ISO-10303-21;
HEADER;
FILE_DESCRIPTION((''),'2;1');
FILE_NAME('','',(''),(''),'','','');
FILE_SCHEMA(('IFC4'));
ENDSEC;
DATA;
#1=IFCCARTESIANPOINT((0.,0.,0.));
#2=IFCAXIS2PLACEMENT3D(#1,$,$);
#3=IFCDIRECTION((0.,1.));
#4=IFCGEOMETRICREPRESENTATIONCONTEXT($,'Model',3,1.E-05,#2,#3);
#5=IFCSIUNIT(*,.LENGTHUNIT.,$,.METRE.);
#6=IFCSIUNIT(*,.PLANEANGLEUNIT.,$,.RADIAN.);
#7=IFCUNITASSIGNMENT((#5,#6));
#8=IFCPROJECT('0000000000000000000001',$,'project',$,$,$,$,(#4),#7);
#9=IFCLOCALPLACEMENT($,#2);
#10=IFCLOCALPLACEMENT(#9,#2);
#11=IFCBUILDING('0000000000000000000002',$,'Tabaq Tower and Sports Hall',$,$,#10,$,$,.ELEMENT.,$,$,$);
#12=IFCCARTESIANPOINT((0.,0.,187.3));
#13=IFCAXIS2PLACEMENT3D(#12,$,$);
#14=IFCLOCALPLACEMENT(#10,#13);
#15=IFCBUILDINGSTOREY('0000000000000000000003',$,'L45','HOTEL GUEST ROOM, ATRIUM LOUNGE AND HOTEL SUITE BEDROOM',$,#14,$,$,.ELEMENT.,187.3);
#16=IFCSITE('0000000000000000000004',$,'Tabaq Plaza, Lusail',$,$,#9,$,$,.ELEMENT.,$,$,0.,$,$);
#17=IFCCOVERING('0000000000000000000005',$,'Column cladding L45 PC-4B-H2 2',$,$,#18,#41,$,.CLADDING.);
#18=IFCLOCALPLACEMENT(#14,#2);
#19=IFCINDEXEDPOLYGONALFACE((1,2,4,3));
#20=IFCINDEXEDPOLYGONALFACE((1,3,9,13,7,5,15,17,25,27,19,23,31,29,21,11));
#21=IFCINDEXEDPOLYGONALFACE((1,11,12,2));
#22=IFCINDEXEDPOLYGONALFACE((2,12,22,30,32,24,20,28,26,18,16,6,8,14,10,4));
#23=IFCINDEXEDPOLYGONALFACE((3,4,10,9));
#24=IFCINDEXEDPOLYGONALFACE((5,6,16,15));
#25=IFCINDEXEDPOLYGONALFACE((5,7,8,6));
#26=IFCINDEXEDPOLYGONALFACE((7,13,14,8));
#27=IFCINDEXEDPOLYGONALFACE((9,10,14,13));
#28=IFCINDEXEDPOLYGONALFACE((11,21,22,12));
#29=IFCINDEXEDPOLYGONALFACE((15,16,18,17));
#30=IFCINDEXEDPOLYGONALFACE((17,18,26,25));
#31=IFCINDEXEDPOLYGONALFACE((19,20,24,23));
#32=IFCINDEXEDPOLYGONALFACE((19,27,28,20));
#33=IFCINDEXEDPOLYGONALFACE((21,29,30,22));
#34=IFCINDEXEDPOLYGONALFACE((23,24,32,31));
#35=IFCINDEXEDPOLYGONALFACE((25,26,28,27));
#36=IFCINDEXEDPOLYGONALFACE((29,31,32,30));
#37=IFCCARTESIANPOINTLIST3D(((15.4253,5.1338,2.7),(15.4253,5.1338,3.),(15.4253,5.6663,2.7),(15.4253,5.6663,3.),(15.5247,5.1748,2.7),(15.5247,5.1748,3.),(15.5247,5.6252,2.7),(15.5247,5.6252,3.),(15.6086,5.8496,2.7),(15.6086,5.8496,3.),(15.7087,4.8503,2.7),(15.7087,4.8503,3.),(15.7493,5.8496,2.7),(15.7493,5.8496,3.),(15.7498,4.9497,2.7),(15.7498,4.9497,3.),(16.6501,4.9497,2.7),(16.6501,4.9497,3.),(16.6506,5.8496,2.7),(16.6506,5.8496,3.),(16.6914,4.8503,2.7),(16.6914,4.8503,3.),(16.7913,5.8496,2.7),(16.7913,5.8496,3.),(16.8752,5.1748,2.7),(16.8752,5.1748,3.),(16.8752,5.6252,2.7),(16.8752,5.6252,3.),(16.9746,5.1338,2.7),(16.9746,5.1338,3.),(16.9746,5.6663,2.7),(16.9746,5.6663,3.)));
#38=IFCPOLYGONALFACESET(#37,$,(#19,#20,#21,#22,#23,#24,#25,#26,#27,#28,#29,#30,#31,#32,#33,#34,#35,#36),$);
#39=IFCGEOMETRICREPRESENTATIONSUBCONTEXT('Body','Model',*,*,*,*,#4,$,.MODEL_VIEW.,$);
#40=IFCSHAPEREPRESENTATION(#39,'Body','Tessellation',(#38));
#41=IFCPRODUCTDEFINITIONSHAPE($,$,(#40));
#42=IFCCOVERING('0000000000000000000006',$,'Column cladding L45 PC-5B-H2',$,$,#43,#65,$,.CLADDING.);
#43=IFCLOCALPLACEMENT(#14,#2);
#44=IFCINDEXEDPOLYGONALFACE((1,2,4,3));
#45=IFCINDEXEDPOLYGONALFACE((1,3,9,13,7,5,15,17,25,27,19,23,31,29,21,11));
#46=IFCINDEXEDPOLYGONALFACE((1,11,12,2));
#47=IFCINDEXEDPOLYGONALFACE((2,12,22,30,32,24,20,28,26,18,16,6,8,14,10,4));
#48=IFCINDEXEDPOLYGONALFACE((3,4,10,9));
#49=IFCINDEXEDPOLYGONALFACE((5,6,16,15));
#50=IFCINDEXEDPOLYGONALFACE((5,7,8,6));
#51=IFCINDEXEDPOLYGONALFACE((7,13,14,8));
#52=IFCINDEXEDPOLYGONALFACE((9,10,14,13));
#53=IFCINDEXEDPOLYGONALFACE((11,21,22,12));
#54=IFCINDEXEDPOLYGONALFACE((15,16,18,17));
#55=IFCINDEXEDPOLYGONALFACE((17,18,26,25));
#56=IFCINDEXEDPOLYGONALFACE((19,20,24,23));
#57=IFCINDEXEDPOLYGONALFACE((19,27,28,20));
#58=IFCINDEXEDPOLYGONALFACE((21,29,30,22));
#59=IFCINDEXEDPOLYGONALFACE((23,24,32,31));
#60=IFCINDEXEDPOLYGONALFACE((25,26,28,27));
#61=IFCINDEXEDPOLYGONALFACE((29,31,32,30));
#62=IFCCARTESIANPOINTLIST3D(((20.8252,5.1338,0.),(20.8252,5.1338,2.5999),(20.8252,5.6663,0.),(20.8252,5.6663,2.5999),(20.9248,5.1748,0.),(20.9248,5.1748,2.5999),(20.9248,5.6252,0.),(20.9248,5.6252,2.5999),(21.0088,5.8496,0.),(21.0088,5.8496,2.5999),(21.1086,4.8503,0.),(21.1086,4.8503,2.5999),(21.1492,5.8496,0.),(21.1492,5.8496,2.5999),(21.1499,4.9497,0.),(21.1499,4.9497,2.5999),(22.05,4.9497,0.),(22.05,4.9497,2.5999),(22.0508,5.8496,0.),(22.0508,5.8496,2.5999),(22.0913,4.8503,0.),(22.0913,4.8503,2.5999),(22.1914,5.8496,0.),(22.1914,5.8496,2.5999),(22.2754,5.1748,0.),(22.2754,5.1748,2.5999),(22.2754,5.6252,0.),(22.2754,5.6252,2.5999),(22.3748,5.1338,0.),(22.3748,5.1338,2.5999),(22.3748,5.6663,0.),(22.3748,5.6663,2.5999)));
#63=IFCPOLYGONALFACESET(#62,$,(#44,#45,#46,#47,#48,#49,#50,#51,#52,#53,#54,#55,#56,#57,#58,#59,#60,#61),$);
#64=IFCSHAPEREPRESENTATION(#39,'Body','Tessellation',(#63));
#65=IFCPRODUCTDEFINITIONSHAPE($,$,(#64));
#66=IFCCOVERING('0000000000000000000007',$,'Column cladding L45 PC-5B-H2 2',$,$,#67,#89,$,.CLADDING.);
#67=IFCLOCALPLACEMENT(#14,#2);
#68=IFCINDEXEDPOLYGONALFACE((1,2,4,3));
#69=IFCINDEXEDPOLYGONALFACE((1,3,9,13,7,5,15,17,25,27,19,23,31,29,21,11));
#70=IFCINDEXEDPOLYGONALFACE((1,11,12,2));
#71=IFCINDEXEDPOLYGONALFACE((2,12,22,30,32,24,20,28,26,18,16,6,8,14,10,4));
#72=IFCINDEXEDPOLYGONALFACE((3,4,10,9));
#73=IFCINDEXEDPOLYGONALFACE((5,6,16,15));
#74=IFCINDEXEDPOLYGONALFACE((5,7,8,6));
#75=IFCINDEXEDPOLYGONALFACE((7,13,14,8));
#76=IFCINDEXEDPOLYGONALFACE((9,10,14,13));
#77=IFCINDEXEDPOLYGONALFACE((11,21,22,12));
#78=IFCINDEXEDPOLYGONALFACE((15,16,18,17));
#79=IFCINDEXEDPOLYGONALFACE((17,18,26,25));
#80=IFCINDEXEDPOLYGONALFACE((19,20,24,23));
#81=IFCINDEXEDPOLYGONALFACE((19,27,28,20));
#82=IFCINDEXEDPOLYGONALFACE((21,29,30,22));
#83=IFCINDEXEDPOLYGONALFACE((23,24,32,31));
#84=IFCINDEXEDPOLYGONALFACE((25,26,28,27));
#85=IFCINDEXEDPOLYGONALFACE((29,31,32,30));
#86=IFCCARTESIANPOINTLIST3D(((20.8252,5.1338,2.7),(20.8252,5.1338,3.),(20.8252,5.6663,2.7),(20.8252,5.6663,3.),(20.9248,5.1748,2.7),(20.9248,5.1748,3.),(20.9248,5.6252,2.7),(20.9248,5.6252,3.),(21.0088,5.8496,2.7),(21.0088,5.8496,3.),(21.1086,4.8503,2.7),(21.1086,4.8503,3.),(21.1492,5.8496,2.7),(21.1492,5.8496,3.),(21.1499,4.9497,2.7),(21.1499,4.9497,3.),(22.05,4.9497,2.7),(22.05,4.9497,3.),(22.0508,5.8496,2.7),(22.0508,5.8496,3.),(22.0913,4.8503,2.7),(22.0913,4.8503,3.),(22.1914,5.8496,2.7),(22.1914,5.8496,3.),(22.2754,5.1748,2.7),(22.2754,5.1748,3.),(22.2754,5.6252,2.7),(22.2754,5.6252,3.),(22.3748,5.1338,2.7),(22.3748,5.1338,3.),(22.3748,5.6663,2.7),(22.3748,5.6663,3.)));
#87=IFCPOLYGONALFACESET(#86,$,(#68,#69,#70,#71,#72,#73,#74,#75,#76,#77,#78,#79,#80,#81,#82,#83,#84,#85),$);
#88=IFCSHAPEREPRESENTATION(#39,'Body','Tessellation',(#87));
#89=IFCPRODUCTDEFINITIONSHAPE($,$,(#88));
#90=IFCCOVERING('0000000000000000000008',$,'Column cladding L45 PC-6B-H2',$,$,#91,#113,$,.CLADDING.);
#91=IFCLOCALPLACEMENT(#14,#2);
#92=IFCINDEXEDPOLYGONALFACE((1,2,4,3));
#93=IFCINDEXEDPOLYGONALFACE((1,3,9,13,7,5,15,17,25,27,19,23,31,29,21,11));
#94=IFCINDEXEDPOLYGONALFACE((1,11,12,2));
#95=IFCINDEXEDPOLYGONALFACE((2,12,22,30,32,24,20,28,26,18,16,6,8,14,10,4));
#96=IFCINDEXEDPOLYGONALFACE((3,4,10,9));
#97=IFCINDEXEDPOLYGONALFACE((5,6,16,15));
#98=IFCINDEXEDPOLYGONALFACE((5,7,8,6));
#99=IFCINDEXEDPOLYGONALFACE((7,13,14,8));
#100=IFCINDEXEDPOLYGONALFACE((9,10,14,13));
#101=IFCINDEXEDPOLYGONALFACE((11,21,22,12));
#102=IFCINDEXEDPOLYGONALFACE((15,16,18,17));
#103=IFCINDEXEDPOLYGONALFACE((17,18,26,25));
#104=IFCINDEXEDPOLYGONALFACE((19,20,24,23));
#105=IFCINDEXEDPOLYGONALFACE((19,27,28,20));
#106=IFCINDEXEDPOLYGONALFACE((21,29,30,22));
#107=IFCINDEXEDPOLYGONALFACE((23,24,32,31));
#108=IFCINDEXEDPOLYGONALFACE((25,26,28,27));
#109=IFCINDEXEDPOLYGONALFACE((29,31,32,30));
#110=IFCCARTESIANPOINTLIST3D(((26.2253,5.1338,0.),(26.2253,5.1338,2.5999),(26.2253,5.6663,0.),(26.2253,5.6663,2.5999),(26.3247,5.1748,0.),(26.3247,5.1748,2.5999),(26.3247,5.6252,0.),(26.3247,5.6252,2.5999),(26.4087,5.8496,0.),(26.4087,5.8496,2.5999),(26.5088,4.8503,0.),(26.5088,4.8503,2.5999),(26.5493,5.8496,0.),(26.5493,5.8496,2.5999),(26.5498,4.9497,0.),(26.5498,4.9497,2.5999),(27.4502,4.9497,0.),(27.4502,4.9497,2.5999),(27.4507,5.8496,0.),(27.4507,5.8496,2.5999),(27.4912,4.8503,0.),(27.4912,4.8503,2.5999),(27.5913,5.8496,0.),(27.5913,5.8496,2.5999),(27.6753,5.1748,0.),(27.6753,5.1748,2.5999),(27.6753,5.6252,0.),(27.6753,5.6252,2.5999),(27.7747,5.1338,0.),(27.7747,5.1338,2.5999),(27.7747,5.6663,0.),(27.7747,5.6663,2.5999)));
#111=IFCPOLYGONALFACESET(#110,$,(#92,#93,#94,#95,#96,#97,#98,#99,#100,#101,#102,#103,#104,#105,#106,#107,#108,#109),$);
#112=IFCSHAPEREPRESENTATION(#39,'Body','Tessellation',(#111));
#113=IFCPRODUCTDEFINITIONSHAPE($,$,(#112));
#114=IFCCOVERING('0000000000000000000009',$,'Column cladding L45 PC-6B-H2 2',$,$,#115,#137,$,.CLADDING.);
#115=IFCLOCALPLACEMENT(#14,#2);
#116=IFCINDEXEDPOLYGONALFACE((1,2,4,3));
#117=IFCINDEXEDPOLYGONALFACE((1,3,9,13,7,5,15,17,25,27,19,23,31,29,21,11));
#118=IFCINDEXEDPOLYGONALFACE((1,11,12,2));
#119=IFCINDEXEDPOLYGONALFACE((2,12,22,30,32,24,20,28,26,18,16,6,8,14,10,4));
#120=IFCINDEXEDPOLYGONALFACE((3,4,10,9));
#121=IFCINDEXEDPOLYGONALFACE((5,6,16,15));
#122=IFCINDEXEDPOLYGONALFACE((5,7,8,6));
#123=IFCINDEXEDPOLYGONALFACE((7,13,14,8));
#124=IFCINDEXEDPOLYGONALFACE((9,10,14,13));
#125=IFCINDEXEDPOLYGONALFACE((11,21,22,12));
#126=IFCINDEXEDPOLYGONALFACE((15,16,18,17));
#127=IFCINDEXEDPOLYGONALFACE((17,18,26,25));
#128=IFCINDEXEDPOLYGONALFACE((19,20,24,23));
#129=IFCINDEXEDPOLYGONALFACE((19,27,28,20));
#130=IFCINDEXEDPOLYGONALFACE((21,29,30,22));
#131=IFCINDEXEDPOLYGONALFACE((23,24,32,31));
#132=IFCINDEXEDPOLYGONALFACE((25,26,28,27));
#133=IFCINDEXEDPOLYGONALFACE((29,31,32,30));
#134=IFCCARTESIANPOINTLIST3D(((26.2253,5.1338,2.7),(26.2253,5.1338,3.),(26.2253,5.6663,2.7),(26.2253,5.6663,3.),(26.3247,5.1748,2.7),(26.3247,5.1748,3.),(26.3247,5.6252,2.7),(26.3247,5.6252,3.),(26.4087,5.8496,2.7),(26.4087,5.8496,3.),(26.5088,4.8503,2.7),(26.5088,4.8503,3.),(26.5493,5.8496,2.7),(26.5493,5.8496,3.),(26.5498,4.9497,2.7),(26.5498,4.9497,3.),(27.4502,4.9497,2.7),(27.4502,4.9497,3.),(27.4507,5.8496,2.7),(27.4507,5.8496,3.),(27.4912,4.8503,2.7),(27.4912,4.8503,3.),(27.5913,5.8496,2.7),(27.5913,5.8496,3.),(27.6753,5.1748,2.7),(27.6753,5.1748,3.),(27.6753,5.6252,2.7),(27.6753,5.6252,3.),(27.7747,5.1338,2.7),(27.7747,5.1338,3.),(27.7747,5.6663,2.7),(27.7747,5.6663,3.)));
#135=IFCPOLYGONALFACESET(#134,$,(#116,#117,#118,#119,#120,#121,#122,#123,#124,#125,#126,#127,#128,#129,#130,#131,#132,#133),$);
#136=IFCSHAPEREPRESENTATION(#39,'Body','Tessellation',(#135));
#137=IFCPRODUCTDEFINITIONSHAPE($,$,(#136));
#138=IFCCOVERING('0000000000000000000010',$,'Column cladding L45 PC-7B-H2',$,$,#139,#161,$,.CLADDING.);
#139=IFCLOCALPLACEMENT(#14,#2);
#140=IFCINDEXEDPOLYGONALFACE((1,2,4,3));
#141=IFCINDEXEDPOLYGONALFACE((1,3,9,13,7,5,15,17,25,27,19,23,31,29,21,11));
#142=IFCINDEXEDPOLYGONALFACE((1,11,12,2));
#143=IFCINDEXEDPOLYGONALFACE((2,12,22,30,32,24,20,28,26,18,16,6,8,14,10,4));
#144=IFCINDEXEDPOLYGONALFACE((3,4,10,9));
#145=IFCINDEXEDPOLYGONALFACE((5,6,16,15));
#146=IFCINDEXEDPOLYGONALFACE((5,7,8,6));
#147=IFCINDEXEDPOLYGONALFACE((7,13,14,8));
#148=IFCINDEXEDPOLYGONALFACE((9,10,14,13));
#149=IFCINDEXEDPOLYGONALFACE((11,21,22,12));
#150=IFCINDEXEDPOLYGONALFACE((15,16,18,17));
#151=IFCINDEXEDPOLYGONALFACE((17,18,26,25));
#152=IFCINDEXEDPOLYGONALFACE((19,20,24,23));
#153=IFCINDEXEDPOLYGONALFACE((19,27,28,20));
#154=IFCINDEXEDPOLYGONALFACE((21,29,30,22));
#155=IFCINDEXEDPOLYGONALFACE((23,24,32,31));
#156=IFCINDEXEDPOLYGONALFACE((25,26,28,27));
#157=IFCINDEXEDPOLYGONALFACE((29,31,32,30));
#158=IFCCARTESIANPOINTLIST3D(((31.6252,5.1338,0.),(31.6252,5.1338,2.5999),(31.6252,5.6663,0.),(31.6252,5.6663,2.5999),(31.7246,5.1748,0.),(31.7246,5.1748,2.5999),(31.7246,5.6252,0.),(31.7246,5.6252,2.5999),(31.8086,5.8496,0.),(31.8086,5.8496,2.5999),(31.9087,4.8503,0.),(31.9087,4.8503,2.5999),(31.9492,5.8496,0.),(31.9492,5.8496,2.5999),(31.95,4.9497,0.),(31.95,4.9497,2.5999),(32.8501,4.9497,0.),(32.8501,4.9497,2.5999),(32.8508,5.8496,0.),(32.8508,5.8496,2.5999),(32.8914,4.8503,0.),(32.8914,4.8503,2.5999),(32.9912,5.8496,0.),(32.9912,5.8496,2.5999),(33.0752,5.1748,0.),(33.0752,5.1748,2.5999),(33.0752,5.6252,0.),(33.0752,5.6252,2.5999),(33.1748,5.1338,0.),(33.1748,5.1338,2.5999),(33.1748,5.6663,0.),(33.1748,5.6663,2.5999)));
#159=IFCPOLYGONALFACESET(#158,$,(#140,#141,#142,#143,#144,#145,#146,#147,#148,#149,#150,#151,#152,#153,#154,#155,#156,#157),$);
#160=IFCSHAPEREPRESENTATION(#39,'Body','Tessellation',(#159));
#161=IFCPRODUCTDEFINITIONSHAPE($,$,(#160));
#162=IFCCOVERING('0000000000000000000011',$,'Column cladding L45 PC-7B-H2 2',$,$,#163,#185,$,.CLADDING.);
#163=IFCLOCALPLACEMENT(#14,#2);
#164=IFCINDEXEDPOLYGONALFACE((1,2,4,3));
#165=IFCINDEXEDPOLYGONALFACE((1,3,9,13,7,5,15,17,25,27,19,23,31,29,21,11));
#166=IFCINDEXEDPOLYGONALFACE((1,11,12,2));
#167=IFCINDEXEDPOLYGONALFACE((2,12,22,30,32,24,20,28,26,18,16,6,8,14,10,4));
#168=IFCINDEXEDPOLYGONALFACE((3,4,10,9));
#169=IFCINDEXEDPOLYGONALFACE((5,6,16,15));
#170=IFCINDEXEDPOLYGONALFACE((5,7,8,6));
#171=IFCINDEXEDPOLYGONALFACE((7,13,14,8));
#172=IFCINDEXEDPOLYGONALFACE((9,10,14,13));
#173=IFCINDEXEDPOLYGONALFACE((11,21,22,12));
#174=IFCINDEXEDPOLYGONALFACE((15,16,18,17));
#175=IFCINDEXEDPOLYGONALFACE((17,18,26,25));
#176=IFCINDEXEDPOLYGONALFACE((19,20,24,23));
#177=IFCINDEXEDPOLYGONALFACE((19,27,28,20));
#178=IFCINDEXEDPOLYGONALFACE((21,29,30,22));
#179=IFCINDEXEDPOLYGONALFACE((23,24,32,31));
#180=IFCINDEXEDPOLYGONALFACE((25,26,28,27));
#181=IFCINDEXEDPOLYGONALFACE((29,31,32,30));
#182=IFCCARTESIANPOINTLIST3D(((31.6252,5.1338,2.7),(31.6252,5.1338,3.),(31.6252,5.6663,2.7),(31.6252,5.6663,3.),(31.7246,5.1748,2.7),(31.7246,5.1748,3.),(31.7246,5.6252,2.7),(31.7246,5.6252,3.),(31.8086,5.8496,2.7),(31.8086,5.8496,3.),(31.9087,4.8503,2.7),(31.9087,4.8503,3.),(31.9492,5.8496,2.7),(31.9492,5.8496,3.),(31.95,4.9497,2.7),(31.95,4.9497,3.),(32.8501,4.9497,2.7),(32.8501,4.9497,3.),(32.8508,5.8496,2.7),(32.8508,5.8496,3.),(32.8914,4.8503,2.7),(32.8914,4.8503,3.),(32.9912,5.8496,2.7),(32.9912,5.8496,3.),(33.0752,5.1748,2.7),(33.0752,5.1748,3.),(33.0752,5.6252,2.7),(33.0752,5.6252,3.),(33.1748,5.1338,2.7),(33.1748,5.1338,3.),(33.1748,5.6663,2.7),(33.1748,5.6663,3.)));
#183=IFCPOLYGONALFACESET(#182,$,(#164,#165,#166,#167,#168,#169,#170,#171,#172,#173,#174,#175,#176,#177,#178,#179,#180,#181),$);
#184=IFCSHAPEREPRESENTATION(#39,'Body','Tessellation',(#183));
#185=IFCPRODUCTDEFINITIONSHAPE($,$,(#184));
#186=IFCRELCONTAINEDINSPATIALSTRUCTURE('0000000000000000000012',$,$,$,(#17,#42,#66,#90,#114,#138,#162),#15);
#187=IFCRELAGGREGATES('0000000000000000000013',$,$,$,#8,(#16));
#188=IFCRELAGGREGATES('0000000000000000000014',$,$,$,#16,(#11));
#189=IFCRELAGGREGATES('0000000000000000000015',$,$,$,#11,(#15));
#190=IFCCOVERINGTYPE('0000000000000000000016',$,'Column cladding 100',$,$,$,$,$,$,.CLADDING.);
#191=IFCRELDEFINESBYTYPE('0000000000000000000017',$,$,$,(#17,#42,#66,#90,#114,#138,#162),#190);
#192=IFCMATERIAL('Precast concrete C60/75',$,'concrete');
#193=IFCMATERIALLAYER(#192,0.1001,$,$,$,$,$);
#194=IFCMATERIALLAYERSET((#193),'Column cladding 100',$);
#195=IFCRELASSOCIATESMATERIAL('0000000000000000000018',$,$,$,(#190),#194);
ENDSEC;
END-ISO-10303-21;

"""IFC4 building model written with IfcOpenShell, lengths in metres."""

from ifc_helpers import new_model, si_unit, direction, frame, origin, place, context, subcontext, project, spatial, polyline, outline, extrude, material, layer, layer_set, type_object, element, save


model = new_model("IFC4")

# Units and contexts
model_context = context("Model", 3, precision=1e-05, world=origin(), true_north=direction((0.0, 1.0)))
body_context = subcontext(model_context, "Body", "Model", "MODEL_VIEW")
ifc_project = project(units=[si_unit("LENGTHUNIT", "METRE"), si_unit("PLANEANGLEUNIT", "RADIAN")], contexts=[model_context])

# Site, building, storey
site_placement = place(None, origin())
site = spatial("IfcSite", under=ifc_project, at=site_placement, Name="Tabaq Plaza, Lusail", CompositionType="ELEMENT", RefElevation=0.0)
building_placement = place(site_placement, origin())
building = spatial("IfcBuilding", under=site, at=building_placement, Name="Tabaq Tower and Sports Hall", CompositionType="ELEMENT")
storey_placement = place(building_placement, frame((0.0, 0.0, 187.3)))
storey = spatial("IfcBuildingStorey", under=building, at=storey_placement, Name="L45", Description="HOTEL GUEST ROOM, ATRIUM LOUNGE AND HOTEL SUITE BEDROOM", CompositionType="ELEMENT", Elevation=187.3)

# Coverings
ifc_material_1 = material(Name="Precast concrete C60/75", Category="concrete")
ifc_layer_1 = layer(ifc_material_1, 0.1001)
ifc_layer_set_1 = layer_set([ifc_layer_1], Name="Column cladding 100")
covering_type = type_object("IfcCoveringType", Name="Column cladding 100", PredefinedType="CLADDING", material=ifc_layer_set_1)
covering_1_placement = place(storey_placement, frame((0.0, 0.0, 2.7)))
element("IfcCovering", 1, at=covering_1_placement, inside=storey, type_object=covering_type, Name="Column cladding L45 PC-4B-H2 2", PredefinedType="CLADDING", context=body_context, shape_type="SweptSolid", body=[
    extrude(outline(polyline([(15.4253, 5.6663), (15.6086, 5.8496), (15.7493, 5.8496), (15.5247, 5.6252), (15.5247, 5.1748), (15.7498, 4.9497), (16.6501, 4.9497), (16.8752, 5.1748), (16.8752, 5.6252), (16.6506, 5.8496), (16.7913, 5.8496), (16.9746, 5.6663), (16.9746, 5.1338), (16.6914, 4.8503), (15.7087, 4.8503), (15.4253, 5.1338), (15.4253, 5.6663)])), origin(), (0.0, 0.0, 1.0), 0.3),
])
covering_2_placement = place(storey_placement, origin())
element("IfcCovering", 2, at=covering_2_placement, inside=storey, type_object=covering_type, Name="Column cladding L45 PC-5B-H2", PredefinedType="CLADDING", context=body_context, shape_type="SweptSolid", body=[
    extrude(outline(polyline([(20.8252, 5.6663), (21.0088, 5.8496), (21.1492, 5.8496), (20.9248, 5.6252), (20.9248, 5.1748), (21.1499, 4.9497), (22.05, 4.9497), (22.2754, 5.1748), (22.2754, 5.6252), (22.0508, 5.8496), (22.1914, 5.8496), (22.3748, 5.6663), (22.3748, 5.1338), (22.0913, 4.8503), (21.1086, 4.8503), (20.8252, 5.1338), (20.8252, 5.6663)])), origin(), (0.0, 0.0, 1.0), 2.5999),
])
covering_3_placement = place(storey_placement, frame((0.0, 0.0, 2.7)))
element("IfcCovering", 3, at=covering_3_placement, inside=storey, type_object=covering_type, Name="Column cladding L45 PC-5B-H2 2", PredefinedType="CLADDING", context=body_context, shape_type="SweptSolid", body=[
    extrude(outline(polyline([(20.8252, 5.6663), (21.0088, 5.8496), (21.1492, 5.8496), (20.9248, 5.6252), (20.9248, 5.1748), (21.1499, 4.9497), (22.05, 4.9497), (22.2754, 5.1748), (22.2754, 5.6252), (22.0508, 5.8496), (22.1914, 5.8496), (22.3748, 5.6663), (22.3748, 5.1338), (22.0913, 4.8503), (21.1086, 4.8503), (20.8252, 5.1338), (20.8252, 5.6663)])), origin(), (0.0, 0.0, 1.0), 0.3),
])
covering_4_placement = place(storey_placement, origin())
element("IfcCovering", 4, at=covering_4_placement, inside=storey, type_object=covering_type, Name="Column cladding L45 PC-6B-H2", PredefinedType="CLADDING", context=body_context, shape_type="SweptSolid", body=[
    extrude(outline(polyline([(26.2253, 5.6663), (26.4087, 5.8496), (26.5493, 5.8496), (26.3247, 5.6252), (26.3247, 5.1748), (26.5498, 4.9497), (27.4502, 4.9497), (27.6753, 5.1748), (27.6753, 5.6252), (27.4507, 5.8496), (27.5913, 5.8496), (27.7747, 5.6663), (27.7747, 5.1338), (27.4912, 4.8503), (26.5088, 4.8503), (26.2253, 5.1338), (26.2253, 5.6663)])), origin(), (0.0, 0.0, 1.0), 2.5999),
])
covering_5_placement = place(storey_placement, frame((0.0, 0.0, 2.7)))
element("IfcCovering", 5, at=covering_5_placement, inside=storey, type_object=covering_type, Name="Column cladding L45 PC-6B-H2 2", PredefinedType="CLADDING", context=body_context, shape_type="SweptSolid", body=[
    extrude(outline(polyline([(26.2253, 5.6663), (26.4087, 5.8496), (26.5493, 5.8496), (26.3247, 5.6252), (26.3247, 5.1748), (26.5498, 4.9497), (27.4502, 4.9497), (27.6753, 5.1748), (27.6753, 5.6252), (27.4507, 5.8496), (27.5913, 5.8496), (27.7747, 5.6663), (27.7747, 5.1338), (27.4912, 4.8503), (26.5088, 4.8503), (26.2253, 5.1338), (26.2253, 5.6663)])), origin(), (0.0, 0.0, 1.0), 0.3),
])
covering_6_placement = place(storey_placement, origin())
element("IfcCovering", 6, at=covering_6_placement, inside=storey, type_object=covering_type, Name="Column cladding L45 PC-7B-H2", PredefinedType="CLADDING", context=body_context, shape_type="SweptSolid", body=[
    extrude(outline(polyline([(31.6252, 5.6663), (31.8086, 5.8496), (31.9492, 5.8496), (31.7246, 5.6252), (31.7246, 5.1748), (31.95, 4.9497), (32.8501, 4.9497), (33.0752, 5.1748), (33.0752, 5.6252), (32.8508, 5.8496), (32.9912, 5.8496), (33.1748, 5.6663), (33.1748, 5.1338), (32.8914, 4.8503), (31.9087, 4.8503), (31.6252, 5.1338), (31.6252, 5.6663)])), origin(), (0.0, 0.0, 1.0), 2.5999),
])
covering_7_placement = place(storey_placement, frame((0.0, 0.0, 2.7)))
element("IfcCovering", 7, at=covering_7_placement, inside=storey, type_object=covering_type, Name="Column cladding L45 PC-7B-H2 2", PredefinedType="CLADDING", context=body_context, shape_type="SweptSolid", body=[
    extrude(outline(polyline([(31.6252, 5.6663), (31.8086, 5.8496), (31.9492, 5.8496), (31.7246, 5.6252), (31.7246, 5.1748), (31.95, 4.9497), (32.8501, 4.9497), (33.0752, 5.1748), (33.0752, 5.6252), (32.8508, 5.8496), (32.9912, 5.8496), (33.1748, 5.6663), (33.1748, 5.1338), (32.8914, 4.8503), (31.9087, 4.8503), (31.6252, 5.1338), (31.6252, 5.6663)])), origin(), (0.0, 0.0, 1.0), 0.3),
])

save(model, "model.ifc")
